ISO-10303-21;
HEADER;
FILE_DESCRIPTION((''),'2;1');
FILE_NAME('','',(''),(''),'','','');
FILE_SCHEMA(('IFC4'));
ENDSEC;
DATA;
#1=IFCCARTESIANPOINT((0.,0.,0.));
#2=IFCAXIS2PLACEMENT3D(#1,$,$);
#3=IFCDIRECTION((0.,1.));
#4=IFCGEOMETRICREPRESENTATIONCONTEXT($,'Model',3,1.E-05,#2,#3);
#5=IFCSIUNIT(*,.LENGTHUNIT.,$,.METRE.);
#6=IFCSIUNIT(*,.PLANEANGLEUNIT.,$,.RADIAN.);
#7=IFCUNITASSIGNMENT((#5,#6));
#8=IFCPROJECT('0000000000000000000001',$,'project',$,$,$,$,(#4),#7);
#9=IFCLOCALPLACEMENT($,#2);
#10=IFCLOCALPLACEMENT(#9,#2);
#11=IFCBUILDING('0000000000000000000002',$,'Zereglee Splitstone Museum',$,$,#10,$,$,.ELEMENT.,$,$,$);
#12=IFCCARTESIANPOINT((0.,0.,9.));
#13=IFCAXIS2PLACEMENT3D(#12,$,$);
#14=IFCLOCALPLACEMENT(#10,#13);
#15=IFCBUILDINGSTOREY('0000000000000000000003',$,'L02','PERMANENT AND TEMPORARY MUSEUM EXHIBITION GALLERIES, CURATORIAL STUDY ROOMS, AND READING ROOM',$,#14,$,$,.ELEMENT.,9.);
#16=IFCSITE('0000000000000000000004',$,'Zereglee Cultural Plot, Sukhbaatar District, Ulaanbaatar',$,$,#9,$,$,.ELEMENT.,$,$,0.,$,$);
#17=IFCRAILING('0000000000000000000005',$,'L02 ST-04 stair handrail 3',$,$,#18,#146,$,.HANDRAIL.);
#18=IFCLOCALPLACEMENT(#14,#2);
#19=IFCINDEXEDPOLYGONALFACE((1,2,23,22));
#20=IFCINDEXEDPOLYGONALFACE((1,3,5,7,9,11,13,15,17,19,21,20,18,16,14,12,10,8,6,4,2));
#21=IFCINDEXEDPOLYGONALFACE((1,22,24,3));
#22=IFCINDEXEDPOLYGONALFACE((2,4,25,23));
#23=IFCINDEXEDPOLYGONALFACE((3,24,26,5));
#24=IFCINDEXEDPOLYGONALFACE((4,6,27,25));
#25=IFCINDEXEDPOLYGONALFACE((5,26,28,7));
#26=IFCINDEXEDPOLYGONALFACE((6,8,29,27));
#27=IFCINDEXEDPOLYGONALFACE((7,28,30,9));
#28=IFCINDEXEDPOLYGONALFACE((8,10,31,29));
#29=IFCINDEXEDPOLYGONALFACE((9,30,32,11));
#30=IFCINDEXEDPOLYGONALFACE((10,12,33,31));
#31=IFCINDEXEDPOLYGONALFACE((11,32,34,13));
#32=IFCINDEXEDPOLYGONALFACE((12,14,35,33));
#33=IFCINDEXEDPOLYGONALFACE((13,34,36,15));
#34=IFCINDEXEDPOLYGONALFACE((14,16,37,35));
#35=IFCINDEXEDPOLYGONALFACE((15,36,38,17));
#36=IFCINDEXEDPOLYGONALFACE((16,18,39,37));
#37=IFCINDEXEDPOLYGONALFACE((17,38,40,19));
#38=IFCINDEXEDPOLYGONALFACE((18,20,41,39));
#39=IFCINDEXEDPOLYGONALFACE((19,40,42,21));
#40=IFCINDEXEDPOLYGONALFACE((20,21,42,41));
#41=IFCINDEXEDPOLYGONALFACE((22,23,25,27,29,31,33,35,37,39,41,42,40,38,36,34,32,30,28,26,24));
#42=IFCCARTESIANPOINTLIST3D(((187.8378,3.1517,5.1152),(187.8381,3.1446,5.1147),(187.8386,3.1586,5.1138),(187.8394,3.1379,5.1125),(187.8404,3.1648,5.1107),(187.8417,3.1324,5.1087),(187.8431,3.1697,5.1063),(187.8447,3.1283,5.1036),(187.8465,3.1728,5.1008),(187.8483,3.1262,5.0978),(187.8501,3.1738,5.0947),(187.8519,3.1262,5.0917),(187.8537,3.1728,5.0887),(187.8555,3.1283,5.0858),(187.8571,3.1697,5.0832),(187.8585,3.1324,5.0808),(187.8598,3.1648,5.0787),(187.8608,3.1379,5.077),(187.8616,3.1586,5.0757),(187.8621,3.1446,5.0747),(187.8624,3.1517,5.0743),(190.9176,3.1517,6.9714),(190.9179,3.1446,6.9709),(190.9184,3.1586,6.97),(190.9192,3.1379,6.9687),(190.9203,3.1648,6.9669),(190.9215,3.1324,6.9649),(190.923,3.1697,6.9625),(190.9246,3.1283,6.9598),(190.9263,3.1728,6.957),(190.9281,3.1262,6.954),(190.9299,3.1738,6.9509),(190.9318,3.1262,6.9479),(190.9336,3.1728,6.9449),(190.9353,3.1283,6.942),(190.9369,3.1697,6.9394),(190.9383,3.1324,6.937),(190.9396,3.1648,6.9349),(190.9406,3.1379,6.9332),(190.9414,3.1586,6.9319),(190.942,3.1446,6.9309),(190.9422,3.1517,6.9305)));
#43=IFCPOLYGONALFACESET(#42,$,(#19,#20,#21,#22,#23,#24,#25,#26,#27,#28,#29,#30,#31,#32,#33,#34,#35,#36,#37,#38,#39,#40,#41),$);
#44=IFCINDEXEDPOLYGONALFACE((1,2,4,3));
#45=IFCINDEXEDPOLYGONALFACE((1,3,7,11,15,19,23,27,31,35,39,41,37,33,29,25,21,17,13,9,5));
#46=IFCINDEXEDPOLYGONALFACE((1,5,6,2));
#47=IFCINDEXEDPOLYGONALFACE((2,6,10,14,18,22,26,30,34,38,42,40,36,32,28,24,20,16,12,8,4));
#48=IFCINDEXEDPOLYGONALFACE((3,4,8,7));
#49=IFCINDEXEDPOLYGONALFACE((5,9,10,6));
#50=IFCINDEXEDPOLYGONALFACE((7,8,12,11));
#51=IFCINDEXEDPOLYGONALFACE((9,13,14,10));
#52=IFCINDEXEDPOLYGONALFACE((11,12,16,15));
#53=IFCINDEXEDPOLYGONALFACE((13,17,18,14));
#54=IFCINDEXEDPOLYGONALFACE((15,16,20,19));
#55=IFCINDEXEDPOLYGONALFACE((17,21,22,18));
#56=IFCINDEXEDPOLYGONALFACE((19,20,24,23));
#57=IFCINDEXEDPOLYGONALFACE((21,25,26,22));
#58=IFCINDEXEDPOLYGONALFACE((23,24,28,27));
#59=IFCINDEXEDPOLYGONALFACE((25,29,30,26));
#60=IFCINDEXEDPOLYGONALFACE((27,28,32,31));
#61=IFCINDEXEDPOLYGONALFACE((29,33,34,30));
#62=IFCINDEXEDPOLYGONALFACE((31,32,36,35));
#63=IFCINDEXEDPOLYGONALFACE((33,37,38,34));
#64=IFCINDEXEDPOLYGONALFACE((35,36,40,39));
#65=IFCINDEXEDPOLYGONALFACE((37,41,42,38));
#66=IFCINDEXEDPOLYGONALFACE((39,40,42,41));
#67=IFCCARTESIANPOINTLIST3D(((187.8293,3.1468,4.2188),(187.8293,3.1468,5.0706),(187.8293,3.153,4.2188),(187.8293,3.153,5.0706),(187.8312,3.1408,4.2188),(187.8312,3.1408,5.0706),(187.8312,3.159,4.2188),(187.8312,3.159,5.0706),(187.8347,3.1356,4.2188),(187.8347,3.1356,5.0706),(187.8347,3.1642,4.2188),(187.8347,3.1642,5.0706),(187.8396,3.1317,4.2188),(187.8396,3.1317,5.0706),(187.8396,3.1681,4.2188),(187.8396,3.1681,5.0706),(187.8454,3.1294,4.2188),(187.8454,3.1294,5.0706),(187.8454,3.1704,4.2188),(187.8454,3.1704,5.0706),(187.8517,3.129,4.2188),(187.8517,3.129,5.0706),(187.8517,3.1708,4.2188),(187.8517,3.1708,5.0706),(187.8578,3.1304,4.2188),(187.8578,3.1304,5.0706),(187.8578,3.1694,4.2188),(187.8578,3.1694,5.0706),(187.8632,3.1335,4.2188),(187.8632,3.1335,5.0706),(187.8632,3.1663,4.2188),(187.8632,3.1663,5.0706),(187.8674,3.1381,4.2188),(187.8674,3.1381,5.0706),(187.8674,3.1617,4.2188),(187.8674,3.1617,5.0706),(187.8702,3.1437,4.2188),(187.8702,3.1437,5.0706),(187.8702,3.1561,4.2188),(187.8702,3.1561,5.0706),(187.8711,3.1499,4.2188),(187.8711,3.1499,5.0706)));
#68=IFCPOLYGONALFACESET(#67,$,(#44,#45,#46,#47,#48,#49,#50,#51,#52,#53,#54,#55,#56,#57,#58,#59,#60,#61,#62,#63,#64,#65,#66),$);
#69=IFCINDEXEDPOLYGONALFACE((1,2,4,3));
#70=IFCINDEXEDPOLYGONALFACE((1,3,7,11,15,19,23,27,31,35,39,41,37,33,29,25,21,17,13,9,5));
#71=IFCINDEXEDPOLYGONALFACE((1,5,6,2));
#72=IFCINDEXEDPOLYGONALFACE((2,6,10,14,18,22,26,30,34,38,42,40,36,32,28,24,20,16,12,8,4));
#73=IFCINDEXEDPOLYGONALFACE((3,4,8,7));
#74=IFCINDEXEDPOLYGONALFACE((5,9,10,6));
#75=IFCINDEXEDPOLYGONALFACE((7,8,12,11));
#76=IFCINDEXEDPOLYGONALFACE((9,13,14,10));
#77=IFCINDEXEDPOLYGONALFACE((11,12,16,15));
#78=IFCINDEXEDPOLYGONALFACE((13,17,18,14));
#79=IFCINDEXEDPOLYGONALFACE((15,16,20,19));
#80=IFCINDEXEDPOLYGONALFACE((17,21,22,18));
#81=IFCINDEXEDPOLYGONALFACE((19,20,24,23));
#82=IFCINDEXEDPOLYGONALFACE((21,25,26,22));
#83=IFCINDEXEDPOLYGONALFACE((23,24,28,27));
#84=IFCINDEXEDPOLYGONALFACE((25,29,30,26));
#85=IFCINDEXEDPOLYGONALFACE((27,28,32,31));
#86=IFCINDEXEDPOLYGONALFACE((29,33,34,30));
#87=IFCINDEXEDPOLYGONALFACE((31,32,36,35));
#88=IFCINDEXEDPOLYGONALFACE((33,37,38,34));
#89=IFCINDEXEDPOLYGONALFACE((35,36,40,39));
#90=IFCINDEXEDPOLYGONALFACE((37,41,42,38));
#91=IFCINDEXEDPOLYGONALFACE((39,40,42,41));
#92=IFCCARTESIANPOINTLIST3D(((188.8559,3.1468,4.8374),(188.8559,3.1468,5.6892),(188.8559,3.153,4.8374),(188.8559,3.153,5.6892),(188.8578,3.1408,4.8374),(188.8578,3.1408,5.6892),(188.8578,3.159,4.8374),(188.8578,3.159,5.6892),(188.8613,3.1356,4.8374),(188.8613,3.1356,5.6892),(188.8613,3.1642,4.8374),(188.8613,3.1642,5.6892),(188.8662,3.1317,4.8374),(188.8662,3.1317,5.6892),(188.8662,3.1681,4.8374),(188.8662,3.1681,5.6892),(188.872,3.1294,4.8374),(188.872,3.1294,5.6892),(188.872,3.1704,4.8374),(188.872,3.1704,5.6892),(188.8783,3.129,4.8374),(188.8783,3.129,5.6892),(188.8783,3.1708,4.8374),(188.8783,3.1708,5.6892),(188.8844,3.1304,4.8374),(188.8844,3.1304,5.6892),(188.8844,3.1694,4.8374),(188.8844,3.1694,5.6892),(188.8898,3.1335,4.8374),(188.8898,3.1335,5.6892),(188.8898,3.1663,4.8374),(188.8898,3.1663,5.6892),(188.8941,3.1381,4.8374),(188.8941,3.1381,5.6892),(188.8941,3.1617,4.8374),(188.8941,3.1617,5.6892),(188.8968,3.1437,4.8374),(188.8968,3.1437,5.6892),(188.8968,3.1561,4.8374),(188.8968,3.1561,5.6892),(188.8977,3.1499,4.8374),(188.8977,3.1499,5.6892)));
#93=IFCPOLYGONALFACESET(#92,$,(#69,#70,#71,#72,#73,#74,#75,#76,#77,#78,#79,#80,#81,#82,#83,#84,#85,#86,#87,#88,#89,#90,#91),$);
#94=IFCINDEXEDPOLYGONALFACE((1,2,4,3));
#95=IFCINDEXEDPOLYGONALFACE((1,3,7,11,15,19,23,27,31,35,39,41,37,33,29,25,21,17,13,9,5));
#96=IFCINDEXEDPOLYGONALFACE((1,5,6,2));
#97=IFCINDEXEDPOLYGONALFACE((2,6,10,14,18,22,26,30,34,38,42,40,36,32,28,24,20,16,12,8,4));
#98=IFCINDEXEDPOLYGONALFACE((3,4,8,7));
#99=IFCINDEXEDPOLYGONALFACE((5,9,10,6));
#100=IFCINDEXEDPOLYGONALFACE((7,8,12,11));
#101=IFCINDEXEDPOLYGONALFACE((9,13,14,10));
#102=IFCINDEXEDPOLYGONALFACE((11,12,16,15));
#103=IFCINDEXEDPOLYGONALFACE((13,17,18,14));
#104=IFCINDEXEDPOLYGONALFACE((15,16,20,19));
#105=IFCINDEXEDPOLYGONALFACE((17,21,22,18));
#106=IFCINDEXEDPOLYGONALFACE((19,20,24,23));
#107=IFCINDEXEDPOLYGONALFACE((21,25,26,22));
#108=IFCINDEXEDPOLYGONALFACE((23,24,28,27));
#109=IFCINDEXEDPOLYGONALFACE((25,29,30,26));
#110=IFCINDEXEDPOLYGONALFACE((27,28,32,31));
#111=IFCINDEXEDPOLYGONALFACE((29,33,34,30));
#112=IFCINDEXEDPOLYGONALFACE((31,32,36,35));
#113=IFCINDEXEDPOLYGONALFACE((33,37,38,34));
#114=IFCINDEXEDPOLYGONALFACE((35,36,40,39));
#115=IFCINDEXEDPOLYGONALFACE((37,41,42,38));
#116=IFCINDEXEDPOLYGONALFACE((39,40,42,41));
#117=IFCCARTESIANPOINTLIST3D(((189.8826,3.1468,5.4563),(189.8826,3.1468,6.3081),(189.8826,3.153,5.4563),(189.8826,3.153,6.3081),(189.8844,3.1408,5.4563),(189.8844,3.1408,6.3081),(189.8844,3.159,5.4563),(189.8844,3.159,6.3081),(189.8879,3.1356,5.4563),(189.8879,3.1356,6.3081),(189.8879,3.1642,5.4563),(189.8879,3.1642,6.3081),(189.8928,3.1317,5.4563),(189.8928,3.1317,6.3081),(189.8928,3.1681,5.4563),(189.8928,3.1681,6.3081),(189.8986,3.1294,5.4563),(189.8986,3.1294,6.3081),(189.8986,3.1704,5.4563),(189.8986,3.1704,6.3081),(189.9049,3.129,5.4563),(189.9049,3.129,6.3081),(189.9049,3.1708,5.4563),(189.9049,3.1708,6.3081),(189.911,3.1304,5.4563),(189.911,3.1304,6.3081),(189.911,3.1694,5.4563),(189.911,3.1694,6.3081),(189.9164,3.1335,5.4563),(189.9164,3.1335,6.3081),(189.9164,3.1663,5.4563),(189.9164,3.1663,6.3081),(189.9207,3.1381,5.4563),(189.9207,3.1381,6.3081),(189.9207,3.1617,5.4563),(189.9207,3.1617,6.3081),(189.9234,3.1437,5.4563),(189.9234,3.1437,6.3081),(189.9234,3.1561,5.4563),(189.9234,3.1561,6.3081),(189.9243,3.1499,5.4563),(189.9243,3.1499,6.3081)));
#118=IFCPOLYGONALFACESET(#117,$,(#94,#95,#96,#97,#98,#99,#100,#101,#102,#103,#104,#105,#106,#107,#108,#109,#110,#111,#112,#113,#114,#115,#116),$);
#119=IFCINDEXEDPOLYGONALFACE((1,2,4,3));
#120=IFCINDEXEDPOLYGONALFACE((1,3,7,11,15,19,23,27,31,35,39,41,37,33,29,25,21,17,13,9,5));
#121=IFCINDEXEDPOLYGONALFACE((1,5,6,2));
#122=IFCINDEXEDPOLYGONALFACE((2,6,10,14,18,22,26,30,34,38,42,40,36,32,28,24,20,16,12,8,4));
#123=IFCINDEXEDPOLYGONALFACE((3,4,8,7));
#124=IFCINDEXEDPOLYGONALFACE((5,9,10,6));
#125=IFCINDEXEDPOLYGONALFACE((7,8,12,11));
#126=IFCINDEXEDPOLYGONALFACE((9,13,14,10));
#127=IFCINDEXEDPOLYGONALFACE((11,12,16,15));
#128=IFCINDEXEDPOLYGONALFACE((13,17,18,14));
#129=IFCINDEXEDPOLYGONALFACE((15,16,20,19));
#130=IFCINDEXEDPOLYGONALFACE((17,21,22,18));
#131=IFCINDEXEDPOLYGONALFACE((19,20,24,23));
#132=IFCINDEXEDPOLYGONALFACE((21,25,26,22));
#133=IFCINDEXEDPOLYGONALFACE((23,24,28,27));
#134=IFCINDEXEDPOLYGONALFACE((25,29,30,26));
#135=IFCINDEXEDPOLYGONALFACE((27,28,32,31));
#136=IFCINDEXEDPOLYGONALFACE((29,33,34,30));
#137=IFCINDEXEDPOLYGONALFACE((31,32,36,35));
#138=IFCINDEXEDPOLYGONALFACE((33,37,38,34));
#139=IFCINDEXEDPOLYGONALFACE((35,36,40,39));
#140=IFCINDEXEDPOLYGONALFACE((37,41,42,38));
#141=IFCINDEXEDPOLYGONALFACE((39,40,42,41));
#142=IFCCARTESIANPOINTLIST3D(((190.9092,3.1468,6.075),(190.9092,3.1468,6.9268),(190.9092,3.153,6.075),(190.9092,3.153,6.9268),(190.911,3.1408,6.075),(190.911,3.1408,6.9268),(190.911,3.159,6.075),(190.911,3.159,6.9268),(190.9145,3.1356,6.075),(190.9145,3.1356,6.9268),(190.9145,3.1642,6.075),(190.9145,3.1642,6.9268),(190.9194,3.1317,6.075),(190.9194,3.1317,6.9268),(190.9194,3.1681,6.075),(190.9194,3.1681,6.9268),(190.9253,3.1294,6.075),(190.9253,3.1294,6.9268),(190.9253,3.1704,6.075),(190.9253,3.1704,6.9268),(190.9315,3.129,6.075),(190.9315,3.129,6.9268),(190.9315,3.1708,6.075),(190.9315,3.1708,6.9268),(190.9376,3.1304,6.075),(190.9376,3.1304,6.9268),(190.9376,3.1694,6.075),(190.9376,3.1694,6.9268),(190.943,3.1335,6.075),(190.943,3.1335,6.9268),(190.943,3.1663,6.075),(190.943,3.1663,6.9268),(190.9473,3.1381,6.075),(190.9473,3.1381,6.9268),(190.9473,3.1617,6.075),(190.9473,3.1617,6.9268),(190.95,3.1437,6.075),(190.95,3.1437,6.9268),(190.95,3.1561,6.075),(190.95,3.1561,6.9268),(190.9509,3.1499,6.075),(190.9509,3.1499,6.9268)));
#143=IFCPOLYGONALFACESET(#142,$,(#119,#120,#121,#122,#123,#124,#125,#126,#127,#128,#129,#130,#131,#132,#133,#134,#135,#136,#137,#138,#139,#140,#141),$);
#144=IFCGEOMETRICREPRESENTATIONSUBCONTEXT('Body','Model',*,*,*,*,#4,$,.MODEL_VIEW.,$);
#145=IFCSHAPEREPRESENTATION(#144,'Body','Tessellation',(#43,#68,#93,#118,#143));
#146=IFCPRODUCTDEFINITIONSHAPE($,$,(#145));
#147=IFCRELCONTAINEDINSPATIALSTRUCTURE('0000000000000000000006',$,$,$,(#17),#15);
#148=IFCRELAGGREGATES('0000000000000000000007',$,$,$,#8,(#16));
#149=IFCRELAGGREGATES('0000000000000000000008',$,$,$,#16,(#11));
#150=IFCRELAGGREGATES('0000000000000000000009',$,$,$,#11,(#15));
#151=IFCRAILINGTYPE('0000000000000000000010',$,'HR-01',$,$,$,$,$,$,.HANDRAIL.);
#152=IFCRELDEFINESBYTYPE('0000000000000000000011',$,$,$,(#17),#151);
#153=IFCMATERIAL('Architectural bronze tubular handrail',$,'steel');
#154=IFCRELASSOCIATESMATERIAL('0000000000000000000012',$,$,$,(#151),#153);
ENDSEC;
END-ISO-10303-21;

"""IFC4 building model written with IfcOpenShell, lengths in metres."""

from ifc_helpers import new_model, si_unit, direction, frame, origin, origin_2d, place, context, subcontext, project, spatial, circle, extrude, material, type_object, element, save


model = new_model("IFC4")

# Units and contexts
model_context = context("Model", 3, precision=1e-05, world=origin(), true_north=direction((0.0, 1.0)))
body_context = subcontext(model_context, "Body", "Model", "MODEL_VIEW")
ifc_project = project(units=[si_unit("LENGTHUNIT", "METRE"), si_unit("PLANEANGLEUNIT", "RADIAN")], contexts=[model_context])

# Site, building, storey
site_placement = place(None, origin())
site = spatial("IfcSite", under=ifc_project, at=site_placement, Name="Zereglee Cultural Plot, Sukhbaatar District, Ulaanbaatar", CompositionType="ELEMENT", RefElevation=0.0)
building_placement = place(site_placement, origin())
building = spatial("IfcBuilding", under=site, at=building_placement, Name="Zereglee Splitstone Museum", CompositionType="ELEMENT")
storey_placement = place(building_placement, frame((0.0, 0.0, 9.0)))
storey = spatial("IfcBuildingStorey", under=building, at=storey_placement, Name="L02", Description="PERMANENT AND TEMPORARY MUSEUM EXHIBITION GALLERIES, CURATORIAL STUDY ROOMS, AND READING ROOM", CompositionType="ELEMENT", Elevation=9.0)

# Railing
ifc_material_1 = material(Name="Architectural bronze tubular handrail", Category="steel")
railing_type_1 = type_object("IfcRailingType", Name="HR-01", PredefinedType="HANDRAIL", material=ifc_material_1)
railing_1_placement = place(storey_placement, frame((187.8501, 3.1499, 4.2188)))
element("IfcRailing", 1, at=railing_1_placement, inside=storey, type_object=railing_type_1, Name="L02 ST-04 stair handrail 3", PredefinedType="HANDRAIL", context=body_context, shape_type="SweptSolid", body=[
    extrude(circle(Radius=0.0239, at=origin_2d()), frame((0.0, 0.0, 0.876), z_axis=(0.856473, 0.0, 0.516192), x_axis=(0.0, 1.0, 0.0)), (0.0, 0.0, 1.0), 3.5959),
    extrude(circle(Radius=0.021, at=origin_2d()), origin(), (0.0, 0.0, 1.0), 0.8518),
    extrude(circle(Radius=0.021, at=origin_2d()), frame((1.0266, 0.0, 0.6187)), (0.0, 0.0, 1.0), 0.8518),
    extrude(circle(Radius=0.021, at=origin_2d()), frame((2.0532, 0.0, 1.2375)), (0.0, 0.0, 1.0), 0.8518),
    extrude(circle(Radius=0.021, at=origin_2d()), frame((3.0798, 0.0, 1.8562)), (0.0, 0.0, 1.0), 0.8518),
])

save(model, "model.ifc")
